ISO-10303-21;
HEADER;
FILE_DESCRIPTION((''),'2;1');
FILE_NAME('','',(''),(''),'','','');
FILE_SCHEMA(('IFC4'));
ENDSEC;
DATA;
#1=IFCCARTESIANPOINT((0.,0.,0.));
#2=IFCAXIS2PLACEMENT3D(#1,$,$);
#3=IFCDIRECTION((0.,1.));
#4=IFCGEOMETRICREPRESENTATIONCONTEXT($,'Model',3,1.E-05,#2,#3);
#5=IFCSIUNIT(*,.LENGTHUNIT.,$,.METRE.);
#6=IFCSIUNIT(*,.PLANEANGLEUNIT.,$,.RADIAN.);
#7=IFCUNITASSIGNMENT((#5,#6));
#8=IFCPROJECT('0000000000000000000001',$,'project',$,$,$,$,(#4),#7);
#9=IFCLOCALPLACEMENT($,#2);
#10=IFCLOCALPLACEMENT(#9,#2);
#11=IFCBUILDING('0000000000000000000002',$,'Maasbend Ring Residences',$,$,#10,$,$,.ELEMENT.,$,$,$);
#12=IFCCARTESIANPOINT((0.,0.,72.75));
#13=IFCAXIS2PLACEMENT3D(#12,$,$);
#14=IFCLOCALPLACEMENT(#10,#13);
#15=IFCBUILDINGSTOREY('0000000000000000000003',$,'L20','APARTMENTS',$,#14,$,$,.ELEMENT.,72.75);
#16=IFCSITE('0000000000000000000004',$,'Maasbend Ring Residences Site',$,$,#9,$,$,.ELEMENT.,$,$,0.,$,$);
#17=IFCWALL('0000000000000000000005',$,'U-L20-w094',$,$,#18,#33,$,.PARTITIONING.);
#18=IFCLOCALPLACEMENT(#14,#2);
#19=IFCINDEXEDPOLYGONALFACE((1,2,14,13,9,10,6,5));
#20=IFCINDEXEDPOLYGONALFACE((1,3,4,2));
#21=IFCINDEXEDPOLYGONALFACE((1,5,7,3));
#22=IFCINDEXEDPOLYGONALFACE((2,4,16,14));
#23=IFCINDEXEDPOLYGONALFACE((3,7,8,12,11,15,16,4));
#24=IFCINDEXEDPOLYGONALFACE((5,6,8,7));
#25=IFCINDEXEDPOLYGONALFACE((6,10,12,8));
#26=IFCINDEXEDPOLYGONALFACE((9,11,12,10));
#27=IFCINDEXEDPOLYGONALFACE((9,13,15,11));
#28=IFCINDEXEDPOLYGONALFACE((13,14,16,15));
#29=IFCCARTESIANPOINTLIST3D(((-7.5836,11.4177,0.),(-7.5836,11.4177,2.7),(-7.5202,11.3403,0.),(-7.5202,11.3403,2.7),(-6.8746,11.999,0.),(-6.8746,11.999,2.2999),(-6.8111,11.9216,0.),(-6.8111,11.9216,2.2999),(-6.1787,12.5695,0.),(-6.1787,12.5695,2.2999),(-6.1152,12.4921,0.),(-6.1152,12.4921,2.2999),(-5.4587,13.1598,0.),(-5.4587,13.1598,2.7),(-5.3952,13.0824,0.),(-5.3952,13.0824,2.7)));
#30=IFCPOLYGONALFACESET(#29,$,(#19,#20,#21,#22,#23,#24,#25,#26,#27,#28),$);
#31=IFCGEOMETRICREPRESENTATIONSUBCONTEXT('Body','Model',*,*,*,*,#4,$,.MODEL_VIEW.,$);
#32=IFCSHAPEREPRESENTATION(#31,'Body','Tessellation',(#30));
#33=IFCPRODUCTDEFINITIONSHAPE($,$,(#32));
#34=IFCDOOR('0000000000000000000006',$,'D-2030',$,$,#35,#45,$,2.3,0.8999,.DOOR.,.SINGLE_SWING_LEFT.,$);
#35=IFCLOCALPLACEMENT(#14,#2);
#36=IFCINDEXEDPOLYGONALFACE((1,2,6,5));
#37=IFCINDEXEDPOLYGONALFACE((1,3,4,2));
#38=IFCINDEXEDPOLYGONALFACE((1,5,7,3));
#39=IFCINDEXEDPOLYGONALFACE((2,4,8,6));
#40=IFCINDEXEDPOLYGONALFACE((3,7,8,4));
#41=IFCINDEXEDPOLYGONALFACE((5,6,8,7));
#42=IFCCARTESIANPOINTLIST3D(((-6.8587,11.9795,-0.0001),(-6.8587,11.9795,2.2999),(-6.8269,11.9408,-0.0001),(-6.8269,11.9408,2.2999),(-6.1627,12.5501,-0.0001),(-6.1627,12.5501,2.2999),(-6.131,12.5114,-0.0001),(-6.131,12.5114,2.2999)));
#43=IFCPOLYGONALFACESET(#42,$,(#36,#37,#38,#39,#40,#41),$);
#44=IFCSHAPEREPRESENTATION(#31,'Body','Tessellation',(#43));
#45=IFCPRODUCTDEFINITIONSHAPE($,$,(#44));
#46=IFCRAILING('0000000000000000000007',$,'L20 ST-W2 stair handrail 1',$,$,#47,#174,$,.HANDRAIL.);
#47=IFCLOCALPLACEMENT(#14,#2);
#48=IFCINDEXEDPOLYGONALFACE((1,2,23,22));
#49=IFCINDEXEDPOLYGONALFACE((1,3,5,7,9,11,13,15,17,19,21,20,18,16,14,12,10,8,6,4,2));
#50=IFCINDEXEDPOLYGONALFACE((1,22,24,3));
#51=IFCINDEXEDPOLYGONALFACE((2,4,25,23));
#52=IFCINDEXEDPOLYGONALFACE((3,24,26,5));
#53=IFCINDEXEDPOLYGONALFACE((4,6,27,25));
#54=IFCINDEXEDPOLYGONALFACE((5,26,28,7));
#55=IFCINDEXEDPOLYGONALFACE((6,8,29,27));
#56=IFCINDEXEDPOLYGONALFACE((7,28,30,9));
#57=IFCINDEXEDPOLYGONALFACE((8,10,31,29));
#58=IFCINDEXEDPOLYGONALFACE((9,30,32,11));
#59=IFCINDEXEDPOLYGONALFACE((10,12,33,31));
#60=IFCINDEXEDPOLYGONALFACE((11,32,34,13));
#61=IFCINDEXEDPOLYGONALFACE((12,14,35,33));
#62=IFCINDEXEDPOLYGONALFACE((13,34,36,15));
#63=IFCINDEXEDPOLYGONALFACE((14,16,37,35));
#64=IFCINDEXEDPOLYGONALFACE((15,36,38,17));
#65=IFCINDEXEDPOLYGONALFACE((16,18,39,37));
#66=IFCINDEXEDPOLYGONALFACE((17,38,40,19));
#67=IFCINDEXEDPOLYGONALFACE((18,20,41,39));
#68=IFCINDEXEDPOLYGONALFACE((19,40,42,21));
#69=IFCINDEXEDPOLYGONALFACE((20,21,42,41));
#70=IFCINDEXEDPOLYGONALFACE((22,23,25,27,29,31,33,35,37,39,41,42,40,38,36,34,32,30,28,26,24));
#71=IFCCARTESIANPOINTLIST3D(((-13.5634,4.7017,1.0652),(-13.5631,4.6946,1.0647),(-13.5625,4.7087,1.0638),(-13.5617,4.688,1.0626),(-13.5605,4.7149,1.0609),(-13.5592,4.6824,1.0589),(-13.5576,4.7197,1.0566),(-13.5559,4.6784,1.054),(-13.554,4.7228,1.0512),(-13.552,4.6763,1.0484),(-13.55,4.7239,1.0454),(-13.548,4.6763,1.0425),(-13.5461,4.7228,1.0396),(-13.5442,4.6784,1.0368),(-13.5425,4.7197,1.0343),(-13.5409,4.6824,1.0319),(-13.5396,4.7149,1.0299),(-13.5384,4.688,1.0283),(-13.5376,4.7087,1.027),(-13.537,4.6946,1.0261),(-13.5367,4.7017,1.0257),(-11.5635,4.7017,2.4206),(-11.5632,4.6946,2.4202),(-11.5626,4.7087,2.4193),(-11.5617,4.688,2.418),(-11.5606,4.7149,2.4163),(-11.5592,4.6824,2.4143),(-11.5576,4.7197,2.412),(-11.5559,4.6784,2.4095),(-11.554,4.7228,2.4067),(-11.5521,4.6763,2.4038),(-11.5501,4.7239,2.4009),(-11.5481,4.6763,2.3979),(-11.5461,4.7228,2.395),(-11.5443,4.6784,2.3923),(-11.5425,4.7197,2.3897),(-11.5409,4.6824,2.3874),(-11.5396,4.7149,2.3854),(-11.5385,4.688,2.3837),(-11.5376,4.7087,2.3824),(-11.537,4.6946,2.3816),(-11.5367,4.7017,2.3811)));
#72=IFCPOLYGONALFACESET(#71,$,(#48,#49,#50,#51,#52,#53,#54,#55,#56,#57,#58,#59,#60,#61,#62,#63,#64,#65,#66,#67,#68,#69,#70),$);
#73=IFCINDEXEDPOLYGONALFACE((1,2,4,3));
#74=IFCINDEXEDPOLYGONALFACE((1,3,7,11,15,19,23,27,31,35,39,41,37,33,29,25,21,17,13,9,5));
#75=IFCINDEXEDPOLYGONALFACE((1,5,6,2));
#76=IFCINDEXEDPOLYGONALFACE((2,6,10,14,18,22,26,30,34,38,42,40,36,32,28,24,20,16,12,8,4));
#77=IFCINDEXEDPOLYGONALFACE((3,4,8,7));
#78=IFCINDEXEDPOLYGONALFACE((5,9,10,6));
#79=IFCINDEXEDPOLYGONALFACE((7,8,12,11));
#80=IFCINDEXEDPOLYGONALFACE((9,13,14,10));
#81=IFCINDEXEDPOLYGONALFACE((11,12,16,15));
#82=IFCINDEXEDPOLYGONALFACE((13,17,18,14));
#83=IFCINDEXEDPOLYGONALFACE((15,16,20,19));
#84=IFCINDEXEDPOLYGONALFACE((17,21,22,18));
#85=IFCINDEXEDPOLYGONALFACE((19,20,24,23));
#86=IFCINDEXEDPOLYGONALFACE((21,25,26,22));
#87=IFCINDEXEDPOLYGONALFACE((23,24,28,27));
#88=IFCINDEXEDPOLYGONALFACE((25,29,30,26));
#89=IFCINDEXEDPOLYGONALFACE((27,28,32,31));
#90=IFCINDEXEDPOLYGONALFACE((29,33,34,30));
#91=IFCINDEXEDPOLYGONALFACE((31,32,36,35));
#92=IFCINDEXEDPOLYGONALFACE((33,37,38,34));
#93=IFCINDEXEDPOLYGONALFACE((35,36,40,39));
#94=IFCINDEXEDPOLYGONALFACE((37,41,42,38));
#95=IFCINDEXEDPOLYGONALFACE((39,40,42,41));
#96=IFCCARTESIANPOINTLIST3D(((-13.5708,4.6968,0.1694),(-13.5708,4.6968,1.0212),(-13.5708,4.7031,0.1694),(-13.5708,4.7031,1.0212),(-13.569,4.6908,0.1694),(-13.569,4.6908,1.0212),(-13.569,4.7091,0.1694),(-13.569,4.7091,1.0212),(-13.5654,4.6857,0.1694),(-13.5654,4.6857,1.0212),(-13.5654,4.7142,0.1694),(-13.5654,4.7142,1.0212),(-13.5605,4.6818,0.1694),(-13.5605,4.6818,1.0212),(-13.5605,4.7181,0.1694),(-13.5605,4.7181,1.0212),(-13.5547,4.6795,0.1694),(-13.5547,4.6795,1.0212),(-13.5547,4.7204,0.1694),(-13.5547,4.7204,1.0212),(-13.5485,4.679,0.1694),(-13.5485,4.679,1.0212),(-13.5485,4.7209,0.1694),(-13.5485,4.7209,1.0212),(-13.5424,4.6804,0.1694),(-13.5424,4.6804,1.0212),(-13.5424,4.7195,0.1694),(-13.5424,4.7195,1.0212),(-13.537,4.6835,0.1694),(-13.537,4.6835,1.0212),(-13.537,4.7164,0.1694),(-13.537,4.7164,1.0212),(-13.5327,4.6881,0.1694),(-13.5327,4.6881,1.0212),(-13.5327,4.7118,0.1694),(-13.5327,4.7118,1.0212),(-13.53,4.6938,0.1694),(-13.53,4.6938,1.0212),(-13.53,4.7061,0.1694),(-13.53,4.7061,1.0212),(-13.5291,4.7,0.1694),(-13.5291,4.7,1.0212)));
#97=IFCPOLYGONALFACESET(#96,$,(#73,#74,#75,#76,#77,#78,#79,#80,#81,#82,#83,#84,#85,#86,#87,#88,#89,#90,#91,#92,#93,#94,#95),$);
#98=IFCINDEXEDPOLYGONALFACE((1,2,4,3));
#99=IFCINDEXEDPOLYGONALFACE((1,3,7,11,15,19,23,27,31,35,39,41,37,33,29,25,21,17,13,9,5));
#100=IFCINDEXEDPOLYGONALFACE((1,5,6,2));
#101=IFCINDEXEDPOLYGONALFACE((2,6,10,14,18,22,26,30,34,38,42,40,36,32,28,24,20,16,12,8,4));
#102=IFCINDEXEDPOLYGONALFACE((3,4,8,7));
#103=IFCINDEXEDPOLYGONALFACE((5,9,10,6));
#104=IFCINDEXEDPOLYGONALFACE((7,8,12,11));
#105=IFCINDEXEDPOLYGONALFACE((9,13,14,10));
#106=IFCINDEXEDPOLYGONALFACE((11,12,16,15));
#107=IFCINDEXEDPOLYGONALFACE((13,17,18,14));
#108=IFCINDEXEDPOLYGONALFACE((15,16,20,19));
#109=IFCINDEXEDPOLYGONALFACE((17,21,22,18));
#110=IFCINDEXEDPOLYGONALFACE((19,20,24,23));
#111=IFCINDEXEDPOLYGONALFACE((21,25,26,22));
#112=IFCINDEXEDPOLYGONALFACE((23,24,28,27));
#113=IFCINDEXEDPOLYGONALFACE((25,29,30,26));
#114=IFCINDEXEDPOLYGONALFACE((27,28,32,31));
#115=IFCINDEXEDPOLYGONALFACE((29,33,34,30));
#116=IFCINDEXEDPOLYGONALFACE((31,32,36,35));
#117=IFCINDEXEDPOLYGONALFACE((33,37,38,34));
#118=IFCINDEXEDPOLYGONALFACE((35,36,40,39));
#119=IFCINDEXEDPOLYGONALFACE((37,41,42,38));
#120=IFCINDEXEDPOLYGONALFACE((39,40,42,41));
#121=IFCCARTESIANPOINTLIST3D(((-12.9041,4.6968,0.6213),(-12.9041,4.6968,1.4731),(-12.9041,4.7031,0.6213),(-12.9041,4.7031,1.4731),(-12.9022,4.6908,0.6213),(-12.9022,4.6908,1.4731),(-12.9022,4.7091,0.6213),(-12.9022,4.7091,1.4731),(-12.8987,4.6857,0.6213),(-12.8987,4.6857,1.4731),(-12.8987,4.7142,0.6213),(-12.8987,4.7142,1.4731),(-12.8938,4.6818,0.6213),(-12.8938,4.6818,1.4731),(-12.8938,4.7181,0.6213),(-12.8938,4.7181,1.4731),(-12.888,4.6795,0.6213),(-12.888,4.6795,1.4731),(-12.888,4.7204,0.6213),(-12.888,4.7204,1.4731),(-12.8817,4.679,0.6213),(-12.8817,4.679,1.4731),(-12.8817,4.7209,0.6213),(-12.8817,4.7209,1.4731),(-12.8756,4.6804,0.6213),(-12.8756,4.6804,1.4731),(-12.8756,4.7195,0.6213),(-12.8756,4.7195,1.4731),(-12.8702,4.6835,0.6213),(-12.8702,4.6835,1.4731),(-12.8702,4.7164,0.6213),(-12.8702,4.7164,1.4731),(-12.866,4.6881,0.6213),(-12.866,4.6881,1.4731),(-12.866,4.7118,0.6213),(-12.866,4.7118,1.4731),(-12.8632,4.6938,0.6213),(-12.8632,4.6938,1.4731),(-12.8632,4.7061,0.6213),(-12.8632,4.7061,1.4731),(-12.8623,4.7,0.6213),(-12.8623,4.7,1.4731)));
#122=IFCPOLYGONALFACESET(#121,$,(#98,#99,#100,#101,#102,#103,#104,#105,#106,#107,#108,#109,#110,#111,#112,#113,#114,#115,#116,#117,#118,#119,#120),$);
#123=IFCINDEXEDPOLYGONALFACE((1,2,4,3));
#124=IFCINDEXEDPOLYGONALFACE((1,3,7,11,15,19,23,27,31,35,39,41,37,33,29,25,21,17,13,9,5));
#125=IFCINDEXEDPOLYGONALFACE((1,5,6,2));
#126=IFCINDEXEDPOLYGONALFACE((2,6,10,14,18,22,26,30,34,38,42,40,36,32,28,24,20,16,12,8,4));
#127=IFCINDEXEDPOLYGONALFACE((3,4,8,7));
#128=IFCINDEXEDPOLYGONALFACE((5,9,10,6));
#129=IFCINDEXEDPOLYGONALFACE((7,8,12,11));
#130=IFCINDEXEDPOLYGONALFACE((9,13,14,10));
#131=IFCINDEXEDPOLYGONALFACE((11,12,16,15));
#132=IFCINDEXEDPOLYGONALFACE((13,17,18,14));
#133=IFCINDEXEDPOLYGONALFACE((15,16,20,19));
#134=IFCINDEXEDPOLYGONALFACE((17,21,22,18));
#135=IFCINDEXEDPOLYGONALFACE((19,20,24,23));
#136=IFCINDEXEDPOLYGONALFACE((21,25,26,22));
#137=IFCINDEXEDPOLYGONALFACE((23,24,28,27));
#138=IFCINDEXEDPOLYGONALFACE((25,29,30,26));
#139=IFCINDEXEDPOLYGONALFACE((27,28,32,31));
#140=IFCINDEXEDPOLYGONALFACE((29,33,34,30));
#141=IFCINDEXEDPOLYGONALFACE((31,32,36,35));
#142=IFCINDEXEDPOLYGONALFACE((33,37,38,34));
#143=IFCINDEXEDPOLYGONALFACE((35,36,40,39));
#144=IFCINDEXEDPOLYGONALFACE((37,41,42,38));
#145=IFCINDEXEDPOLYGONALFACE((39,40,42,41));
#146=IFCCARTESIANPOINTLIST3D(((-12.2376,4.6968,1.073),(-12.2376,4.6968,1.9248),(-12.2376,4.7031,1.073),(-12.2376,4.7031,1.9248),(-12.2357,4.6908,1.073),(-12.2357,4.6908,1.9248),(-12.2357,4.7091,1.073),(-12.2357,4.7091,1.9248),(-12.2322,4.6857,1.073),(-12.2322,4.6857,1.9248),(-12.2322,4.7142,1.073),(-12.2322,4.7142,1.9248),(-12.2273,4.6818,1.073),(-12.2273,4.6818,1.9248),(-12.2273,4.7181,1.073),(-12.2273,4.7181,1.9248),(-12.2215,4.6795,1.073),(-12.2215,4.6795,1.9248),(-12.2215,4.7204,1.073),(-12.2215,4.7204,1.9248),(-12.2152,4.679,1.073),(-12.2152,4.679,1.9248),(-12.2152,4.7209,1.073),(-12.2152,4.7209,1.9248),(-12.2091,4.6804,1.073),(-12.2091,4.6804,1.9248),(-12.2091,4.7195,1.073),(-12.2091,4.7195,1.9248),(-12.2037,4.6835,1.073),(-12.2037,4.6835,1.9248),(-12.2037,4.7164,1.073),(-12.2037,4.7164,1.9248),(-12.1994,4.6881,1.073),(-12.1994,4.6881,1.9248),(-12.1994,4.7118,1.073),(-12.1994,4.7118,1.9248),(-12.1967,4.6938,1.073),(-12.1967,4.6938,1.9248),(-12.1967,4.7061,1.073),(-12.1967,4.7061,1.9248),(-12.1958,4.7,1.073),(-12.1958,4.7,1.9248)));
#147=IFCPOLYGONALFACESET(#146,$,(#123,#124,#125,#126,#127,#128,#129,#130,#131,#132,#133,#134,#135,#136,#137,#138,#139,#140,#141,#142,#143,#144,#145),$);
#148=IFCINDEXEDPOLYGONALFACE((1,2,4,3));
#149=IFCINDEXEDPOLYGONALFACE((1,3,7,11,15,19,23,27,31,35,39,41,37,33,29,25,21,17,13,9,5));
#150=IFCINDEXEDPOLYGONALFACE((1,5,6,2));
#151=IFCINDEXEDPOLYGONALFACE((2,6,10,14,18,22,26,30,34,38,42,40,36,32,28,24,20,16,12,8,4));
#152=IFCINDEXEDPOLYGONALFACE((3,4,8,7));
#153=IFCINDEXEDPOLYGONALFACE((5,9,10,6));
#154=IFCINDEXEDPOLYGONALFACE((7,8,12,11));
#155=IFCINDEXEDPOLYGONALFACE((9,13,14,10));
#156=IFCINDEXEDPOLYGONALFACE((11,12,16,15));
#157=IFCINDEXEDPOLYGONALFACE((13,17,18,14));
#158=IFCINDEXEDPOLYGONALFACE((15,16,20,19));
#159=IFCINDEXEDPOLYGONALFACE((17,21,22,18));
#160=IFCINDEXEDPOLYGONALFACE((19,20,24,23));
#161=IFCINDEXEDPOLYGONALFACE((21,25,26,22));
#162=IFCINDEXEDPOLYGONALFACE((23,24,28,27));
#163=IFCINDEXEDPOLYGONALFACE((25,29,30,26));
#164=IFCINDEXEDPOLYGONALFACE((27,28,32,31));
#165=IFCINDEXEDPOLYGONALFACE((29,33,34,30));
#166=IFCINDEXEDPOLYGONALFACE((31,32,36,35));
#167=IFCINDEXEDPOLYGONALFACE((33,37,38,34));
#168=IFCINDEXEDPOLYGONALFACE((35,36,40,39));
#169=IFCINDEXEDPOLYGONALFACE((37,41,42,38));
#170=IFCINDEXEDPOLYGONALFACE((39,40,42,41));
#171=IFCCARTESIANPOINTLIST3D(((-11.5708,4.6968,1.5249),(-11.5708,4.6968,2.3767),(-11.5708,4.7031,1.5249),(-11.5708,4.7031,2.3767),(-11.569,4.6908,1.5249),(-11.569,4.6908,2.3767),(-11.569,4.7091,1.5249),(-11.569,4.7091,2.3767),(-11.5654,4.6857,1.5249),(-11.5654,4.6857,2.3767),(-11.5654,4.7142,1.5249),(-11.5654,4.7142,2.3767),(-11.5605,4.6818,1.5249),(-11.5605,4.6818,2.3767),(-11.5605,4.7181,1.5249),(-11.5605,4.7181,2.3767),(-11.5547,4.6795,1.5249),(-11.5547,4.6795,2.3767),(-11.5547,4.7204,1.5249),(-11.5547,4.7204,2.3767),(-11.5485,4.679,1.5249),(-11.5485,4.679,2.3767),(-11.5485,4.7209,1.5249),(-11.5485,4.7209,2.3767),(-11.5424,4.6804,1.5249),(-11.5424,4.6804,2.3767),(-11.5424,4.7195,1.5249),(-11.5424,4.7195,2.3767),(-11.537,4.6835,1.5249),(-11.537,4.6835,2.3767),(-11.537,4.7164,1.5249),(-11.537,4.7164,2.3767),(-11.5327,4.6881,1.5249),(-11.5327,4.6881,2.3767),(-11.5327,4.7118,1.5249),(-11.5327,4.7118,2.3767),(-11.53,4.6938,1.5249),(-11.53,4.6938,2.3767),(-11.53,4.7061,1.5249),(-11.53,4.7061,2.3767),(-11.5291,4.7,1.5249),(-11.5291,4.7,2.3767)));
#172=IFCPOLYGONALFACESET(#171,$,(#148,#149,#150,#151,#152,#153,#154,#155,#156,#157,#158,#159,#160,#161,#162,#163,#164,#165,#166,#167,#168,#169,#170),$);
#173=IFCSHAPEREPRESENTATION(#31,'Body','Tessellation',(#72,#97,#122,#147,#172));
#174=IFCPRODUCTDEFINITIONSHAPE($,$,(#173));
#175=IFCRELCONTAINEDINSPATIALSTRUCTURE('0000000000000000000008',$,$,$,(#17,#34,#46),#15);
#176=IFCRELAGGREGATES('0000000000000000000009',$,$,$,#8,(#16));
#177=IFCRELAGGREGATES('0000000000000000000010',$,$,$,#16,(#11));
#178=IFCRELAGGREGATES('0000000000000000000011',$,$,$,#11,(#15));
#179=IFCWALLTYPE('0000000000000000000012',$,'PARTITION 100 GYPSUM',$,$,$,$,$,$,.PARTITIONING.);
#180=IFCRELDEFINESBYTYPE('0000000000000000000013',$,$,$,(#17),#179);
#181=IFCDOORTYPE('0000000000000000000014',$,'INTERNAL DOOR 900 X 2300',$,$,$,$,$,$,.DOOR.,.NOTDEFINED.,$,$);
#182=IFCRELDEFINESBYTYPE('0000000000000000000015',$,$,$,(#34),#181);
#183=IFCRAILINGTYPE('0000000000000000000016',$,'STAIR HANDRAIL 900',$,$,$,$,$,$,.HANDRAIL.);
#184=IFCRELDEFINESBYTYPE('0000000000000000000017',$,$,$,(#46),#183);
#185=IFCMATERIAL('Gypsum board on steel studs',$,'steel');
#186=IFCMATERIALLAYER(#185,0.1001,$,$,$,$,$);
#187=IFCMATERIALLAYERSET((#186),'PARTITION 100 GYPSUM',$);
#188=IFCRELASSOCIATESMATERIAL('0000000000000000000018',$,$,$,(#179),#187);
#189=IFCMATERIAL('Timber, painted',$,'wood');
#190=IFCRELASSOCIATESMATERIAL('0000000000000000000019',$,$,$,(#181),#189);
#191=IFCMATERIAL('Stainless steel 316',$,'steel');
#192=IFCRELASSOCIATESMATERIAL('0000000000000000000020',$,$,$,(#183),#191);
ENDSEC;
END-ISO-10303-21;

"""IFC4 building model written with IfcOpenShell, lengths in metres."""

from ifc_helpers import new_model, si_unit, direction, frame, frame_2d, origin, origin_2d, place, context, subcontext, project, spatial, rectangle, circle, extrude, material, layer, layer_set, type_object, element, fill, save


model = new_model("IFC4")

# Units and contexts
model_context = context("Model", 3, precision=1e-05, world=origin(), true_north=direction((0.0, 1.0)))
body_context = subcontext(model_context, "Body", "Model", "MODEL_VIEW")
ifc_project = project(units=[si_unit("LENGTHUNIT", "METRE"), si_unit("PLANEANGLEUNIT", "RADIAN")], contexts=[model_context])

# Site, building, storey
site_placement = place(None, origin())
site = spatial("IfcSite", under=ifc_project, at=site_placement, Name="Maasbend Ring Residences Site", CompositionType="ELEMENT", RefElevation=0.0)
building_placement = place(site_placement, origin())
building = spatial("IfcBuilding", under=site, at=building_placement, Name="Maasbend Ring Residences", CompositionType="ELEMENT")
storey_placement = place(building_placement, frame((0.0, 0.0, 72.75)))
storey = spatial("IfcBuildingStorey", under=building, at=storey_placement, Name="L20", Description="APARTMENTS", CompositionType="ELEMENT", Elevation=72.75)

# Shared definitions
ifc_material_1 = material(Name="Gypsum board on steel studs", Category="steel")
ifc_layer_1 = layer(ifc_material_1, 0.1001)
ifc_layer_set_1 = layer_set([ifc_layer_1], Name="PARTITION 100 GYPSUM")
wall_type_1 = type_object("IfcWallType", Name="PARTITION 100 GYPSUM", PredefinedType="PARTITIONING", material=ifc_layer_set_1)
ifc_material_2 = material(Name="Timber, painted", Category="wood")
door_type_1 = type_object("IfcDoorType", Name="INTERNAL DOOR 900 X 2300", OperationType="NOTDEFINED", PredefinedType="DOOR", material=ifc_material_2)

# Wall, opening, door
wall_1_placement = place(storey_placement, frame((-7.552, 11.3789, 0.0), z_axis=(0.0, 0.0, 1.0), x_axis=(0.773324, 0.634012, 0.0)))
wall_1 = element("IfcWall", 1, at=wall_1_placement, inside=storey, type_object=wall_type_1, Name="U-L20-w094", PredefinedType="PARTITIONING", context=body_context, shape_type="SweptSolid", body=[
    extrude(rectangle(XDim=2.7478, YDim=0.1001, at=frame_2d((1.374, 0.0))), origin(), (0.0, 0.0, 1.0), 2.7),
])
opening_1_placement = place(wall_1_placement, frame((0.917, 0.0, 0.0)))
opening_1 = element("IfcOpeningElement", 2, at=opening_1_placement, cuts=wall_1, PredefinedType="OPENING", context=body_context, shape_type="SweptSolid", body=[
    extrude(rectangle(XDim=0.8999, YDim=2.3, at=frame_2d((0.45, 1.1499))), frame((0.0, 0.0601, 0.0), z_axis=(0.0, -1.0, 0.0), x_axis=(1.0, 0.0, 0.0)), (0.0, 0.0, 1.0), 0.1201),
])
door_1_placement = place(opening_1_placement, origin())
door_1 = element("IfcDoor", 3, at=door_1_placement, inside=storey, type_object=door_type_1, Name="D-2030", OperationType="SINGLE_SWING_LEFT", OverallHeight=2.3, OverallWidth=0.8999, PredefinedType="DOOR", context=body_context, shape_type="SweptSolid", body=[
    extrude(rectangle(XDim=0.8999, YDim=2.3, at=frame_2d((0.45, 1.1499))), frame((0.0, 0.0249, 0.0), z_axis=(0.0, -1.0, 0.0), x_axis=(1.0, 0.0, 0.0)), (0.0, 0.0, 1.0), 0.05),
])
fill(opening_1, door_1)

# Railing
ifc_material_3 = material(Name="Stainless steel 316", Category="steel")
railing_type_1 = type_object("IfcRailingType", Name="STAIR HANDRAIL 900", PredefinedType="HANDRAIL", material=ifc_material_3)
railing_1_placement = place(storey_placement, frame((-13.55, 4.7, 0.1694)))
element("IfcRailing", 4, at=railing_1_placement, inside=storey, type_object=railing_type_1, Name="L20 ST-W2 stair handrail 1", PredefinedType="HANDRAIL", context=body_context, shape_type="SweptSolid", body=[
    extrude(circle(Radius=0.0239, at=origin_2d()), frame((0.0, 0.0, 0.876), z_axis=(0.827798, 0.0, 0.561027), x_axis=(0.0, 1.0, 0.0)), (0.0, 0.0, 1.0), 2.416),
    extrude(circle(Radius=0.021, at=origin_2d()), origin(), (0.0, 0.0, 1.0), 0.8518),
    extrude(circle(Radius=0.021, at=origin_2d()), frame((0.6667, 0.0, 0.4519)), (0.0, 0.0, 1.0), 0.8518),
    extrude(circle(Radius=0.021, at=origin_2d()), frame((1.3333, 0.0, 0.9036)), (0.0, 0.0, 1.0), 0.8518),
    extrude(circle(Radius=0.021, at=origin_2d()), frame((2.0, 0.0, 1.3555)), (0.0, 0.0, 1.0), 0.8518),
])

save(model, "model.ifc")
